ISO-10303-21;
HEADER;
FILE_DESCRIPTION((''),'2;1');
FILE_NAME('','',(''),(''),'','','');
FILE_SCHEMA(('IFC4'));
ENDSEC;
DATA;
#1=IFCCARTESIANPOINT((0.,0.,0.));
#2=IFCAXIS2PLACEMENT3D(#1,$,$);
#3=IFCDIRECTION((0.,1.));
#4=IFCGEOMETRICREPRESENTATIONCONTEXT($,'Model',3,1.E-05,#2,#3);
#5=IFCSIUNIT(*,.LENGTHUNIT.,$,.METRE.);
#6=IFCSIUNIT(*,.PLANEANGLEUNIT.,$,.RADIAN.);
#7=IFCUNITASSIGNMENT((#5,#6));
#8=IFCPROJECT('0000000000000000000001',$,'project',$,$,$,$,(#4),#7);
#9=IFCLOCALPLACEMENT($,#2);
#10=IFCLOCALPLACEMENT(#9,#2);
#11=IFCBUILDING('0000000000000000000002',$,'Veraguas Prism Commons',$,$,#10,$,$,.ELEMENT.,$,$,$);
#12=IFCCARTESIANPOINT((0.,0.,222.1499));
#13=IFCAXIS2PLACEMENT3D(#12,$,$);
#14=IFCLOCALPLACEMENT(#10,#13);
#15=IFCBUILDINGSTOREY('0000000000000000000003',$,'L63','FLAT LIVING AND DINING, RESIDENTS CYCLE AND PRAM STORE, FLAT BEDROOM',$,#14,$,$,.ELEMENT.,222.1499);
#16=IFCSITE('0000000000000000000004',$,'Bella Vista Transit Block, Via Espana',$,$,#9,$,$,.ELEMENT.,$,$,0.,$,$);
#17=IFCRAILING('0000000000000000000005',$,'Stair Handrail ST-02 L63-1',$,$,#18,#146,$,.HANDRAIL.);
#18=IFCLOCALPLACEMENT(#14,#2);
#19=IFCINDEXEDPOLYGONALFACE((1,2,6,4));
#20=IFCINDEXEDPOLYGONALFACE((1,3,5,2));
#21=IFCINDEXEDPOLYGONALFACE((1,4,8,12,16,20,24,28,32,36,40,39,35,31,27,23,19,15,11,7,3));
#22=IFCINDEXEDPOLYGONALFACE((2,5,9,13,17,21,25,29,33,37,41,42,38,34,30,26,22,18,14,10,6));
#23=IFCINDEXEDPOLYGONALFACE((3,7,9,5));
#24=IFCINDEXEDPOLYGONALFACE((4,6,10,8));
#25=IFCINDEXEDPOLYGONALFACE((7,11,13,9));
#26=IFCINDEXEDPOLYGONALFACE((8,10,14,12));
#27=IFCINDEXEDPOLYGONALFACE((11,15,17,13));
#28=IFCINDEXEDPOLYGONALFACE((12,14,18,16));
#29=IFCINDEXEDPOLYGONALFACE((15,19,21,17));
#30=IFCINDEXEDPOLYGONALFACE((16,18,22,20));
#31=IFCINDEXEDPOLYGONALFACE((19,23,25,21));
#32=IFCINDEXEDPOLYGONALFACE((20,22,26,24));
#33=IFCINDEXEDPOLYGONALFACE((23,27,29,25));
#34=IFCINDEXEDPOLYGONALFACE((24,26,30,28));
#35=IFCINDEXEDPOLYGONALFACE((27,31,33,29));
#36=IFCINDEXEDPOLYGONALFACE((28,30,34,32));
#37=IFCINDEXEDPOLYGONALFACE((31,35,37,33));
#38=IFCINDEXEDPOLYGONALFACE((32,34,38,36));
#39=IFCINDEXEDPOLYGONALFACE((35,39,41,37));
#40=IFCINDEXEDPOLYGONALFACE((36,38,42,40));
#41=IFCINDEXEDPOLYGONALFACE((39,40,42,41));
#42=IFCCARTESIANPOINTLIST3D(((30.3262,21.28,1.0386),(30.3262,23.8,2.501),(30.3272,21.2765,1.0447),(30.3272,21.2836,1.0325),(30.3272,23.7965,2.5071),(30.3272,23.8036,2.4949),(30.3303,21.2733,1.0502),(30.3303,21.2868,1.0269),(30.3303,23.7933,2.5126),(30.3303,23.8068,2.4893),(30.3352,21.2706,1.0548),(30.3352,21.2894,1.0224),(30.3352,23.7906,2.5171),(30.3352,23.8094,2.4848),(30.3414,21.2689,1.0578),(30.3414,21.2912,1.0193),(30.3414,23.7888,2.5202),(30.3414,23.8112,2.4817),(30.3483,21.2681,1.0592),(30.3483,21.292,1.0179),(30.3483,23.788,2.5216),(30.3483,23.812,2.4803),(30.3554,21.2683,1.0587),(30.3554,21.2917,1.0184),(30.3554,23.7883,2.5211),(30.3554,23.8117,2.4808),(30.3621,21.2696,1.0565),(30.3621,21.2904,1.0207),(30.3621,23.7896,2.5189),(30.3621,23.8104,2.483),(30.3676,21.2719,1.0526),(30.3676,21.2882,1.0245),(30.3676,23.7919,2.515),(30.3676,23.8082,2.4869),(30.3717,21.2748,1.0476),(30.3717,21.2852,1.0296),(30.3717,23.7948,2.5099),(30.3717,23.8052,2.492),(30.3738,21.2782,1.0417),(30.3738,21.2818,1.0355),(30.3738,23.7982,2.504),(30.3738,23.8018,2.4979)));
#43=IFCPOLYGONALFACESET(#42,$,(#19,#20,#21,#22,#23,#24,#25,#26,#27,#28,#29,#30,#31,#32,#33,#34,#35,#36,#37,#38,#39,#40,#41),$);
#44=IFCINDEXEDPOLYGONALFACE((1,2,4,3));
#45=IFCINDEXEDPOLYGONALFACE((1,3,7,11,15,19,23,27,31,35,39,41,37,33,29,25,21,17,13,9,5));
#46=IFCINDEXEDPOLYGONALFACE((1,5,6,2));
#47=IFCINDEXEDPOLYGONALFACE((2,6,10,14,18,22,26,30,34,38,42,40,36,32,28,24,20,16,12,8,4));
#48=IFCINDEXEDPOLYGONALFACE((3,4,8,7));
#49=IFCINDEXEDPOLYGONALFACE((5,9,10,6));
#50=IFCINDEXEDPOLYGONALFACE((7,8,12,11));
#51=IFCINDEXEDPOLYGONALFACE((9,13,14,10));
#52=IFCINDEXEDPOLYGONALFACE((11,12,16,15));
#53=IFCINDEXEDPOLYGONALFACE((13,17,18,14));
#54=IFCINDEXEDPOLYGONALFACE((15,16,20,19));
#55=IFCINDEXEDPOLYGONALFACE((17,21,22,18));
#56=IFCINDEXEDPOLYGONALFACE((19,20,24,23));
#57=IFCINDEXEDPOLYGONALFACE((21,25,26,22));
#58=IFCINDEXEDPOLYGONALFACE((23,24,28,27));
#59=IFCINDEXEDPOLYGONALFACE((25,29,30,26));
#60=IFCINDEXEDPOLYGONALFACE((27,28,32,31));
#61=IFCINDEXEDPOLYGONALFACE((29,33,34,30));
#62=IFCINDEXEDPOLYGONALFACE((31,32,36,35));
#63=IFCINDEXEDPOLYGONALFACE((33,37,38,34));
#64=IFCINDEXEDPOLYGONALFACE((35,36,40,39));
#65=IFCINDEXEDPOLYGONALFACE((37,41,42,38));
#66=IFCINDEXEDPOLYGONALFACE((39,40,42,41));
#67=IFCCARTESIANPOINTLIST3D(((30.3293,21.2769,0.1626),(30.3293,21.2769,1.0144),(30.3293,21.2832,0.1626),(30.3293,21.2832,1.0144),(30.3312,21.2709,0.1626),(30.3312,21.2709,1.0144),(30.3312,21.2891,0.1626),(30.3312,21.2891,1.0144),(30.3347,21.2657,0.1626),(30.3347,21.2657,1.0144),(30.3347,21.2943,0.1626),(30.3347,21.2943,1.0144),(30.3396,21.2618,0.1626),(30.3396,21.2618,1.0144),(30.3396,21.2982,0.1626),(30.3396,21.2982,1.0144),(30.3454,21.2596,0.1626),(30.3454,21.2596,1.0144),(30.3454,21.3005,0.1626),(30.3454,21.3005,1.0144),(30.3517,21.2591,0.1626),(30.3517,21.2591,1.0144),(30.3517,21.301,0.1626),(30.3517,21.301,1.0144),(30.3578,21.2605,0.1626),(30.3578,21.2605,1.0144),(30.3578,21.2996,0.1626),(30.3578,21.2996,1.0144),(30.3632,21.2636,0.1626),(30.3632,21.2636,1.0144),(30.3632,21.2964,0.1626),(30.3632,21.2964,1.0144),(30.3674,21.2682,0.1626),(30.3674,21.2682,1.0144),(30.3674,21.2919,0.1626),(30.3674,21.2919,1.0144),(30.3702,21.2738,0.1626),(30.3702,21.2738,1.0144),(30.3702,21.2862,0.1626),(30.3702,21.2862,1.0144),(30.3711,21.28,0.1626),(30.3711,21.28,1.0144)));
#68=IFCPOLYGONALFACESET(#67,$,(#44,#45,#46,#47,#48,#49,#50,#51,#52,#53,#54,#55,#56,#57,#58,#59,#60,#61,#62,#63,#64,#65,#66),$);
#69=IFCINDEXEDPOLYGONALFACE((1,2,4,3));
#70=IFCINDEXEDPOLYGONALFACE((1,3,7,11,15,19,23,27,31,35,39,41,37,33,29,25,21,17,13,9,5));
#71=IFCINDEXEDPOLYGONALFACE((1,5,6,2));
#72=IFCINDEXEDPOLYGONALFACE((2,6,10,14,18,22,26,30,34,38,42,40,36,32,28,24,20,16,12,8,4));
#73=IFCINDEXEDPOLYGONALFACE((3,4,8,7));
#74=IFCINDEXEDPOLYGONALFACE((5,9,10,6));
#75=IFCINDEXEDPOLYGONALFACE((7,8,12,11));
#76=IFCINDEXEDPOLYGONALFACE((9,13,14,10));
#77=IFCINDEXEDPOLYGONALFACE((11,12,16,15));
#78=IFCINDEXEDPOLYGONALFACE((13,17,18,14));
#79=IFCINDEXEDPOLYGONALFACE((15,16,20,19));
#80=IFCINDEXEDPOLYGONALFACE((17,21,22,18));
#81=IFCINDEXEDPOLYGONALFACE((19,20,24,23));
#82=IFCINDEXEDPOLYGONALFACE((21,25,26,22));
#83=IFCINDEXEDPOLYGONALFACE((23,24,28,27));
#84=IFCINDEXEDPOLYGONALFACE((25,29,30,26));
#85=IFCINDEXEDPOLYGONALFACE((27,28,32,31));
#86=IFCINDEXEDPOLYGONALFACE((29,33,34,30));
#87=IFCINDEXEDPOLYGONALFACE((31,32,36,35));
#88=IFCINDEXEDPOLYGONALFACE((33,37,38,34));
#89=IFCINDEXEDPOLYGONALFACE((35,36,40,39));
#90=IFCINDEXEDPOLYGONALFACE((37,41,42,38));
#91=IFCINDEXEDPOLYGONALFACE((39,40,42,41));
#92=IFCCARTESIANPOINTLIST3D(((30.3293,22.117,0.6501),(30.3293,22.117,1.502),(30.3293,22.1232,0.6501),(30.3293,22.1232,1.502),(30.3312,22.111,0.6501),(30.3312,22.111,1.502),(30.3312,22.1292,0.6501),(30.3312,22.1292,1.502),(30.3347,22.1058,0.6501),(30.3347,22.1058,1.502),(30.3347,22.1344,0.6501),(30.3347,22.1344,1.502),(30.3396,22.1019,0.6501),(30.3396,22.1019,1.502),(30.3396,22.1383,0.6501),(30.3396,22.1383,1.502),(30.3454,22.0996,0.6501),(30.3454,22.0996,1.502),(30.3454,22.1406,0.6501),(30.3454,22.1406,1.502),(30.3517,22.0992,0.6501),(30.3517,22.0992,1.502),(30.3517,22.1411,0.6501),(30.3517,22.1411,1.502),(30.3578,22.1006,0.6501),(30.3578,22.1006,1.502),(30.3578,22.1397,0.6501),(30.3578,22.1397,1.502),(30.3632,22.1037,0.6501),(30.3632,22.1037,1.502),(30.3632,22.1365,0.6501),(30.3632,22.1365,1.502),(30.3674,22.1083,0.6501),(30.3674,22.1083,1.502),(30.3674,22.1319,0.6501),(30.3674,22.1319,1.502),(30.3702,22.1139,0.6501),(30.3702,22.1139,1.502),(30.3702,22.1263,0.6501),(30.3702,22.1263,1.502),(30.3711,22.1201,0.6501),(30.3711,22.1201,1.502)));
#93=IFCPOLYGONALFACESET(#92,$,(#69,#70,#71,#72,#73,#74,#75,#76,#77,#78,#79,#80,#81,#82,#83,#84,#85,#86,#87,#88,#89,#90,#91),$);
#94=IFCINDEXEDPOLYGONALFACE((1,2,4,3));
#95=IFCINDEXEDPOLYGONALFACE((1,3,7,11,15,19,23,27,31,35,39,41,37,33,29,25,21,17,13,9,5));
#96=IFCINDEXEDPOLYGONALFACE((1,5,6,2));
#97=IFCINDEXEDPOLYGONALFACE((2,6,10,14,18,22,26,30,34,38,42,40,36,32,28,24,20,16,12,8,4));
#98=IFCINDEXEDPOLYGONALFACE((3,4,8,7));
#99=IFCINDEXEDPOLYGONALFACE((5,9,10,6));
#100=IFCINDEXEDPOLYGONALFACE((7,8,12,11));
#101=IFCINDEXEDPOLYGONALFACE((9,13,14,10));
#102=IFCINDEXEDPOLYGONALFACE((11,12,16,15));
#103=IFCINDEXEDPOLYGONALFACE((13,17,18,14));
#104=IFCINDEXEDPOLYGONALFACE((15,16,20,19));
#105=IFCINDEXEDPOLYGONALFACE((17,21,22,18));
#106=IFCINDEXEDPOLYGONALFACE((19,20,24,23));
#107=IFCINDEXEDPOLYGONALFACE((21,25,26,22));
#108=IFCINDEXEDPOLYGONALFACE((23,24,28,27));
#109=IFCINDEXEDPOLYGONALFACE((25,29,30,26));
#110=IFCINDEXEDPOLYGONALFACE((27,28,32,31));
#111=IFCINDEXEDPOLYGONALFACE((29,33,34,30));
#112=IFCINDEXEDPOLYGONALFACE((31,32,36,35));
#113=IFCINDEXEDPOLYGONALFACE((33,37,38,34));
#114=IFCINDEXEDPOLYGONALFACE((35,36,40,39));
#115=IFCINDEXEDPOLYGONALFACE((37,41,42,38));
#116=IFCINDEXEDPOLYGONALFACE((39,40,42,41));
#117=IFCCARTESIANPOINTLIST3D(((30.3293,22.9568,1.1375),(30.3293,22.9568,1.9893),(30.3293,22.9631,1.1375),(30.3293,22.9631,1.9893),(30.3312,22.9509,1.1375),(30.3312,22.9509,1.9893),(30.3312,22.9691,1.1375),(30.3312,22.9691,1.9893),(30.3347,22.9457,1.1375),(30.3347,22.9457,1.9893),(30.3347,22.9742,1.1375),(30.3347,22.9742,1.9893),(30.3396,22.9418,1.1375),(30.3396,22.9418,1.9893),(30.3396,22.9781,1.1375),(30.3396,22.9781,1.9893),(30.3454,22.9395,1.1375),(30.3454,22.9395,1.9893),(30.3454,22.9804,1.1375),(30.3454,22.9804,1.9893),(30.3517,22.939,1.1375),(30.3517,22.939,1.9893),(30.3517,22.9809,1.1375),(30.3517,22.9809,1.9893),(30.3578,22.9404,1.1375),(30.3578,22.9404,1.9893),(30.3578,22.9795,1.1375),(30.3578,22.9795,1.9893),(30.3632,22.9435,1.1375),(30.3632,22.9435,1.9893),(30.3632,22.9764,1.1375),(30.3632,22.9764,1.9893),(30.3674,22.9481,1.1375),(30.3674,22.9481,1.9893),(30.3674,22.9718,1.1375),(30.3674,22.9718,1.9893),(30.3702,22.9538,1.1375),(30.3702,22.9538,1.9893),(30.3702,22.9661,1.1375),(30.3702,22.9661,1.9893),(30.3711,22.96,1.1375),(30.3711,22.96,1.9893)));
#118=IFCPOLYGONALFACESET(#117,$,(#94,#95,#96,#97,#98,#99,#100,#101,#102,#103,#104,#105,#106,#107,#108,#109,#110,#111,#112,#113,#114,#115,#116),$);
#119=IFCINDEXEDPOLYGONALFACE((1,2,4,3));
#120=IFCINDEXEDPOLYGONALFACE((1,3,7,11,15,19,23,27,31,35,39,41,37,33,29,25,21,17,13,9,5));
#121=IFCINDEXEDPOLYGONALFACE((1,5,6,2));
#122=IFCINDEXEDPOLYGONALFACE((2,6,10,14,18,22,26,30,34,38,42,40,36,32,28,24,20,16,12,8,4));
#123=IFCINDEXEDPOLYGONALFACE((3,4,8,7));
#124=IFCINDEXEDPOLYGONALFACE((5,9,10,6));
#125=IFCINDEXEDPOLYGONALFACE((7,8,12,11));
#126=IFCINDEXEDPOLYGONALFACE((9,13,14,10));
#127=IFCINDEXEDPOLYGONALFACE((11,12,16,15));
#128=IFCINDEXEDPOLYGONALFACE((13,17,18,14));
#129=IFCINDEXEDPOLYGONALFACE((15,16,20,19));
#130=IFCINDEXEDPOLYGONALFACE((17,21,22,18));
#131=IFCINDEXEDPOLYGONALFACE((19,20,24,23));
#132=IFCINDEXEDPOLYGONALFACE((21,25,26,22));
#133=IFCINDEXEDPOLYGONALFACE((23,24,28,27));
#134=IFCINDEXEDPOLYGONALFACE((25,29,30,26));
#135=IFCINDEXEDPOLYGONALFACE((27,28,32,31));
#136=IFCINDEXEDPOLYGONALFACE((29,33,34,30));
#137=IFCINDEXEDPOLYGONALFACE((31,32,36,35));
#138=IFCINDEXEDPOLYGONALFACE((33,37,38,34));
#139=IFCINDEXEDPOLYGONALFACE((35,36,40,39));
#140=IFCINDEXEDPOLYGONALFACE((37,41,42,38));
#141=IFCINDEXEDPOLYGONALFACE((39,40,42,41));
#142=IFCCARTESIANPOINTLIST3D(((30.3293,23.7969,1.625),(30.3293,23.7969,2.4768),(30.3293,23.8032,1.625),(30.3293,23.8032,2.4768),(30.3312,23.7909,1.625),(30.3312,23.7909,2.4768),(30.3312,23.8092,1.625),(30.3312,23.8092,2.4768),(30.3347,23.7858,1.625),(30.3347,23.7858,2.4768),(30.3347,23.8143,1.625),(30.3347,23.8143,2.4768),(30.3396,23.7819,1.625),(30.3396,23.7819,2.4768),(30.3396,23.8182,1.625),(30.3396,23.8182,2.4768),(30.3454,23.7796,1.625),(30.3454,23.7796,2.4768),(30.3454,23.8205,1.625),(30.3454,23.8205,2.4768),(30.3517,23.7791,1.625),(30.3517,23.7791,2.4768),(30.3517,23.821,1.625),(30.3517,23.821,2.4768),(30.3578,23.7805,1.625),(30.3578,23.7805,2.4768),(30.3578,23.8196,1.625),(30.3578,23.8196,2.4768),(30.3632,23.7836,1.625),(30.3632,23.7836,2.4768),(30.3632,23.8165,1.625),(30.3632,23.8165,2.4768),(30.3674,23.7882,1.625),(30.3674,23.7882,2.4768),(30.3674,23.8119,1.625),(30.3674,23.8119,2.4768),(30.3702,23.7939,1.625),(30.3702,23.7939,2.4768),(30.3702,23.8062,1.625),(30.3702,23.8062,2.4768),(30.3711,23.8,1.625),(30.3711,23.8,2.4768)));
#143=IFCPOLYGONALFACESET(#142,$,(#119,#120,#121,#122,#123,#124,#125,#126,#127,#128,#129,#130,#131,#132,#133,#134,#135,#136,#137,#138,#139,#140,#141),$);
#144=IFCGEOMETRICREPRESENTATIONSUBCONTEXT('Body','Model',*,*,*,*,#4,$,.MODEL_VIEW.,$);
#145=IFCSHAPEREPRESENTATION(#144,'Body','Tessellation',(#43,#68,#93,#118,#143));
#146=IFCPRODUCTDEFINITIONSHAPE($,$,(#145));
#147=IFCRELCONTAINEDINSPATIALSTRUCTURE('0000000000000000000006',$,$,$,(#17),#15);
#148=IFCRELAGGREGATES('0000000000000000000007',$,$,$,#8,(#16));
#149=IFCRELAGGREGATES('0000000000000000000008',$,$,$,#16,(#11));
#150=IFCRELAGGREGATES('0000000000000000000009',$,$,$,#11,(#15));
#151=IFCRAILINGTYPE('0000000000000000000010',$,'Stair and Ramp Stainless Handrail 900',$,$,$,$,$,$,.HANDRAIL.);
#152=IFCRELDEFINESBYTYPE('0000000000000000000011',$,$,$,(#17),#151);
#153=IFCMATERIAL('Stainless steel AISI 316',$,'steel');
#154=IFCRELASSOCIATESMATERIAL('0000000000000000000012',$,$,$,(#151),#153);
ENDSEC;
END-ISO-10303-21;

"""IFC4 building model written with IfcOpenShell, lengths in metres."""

from ifc_helpers import new_model, si_unit, direction, frame, origin, origin_2d, place, context, subcontext, project, spatial, circle, extrude, material, type_object, element, save


model = new_model("IFC4")

# Units and contexts
model_context = context("Model", 3, precision=1e-05, world=origin(), true_north=direction((0.0, 1.0)))
body_context = subcontext(model_context, "Body", "Model", "MODEL_VIEW")
ifc_project = project(units=[si_unit("LENGTHUNIT", "METRE"), si_unit("PLANEANGLEUNIT", "RADIAN")], contexts=[model_context])

# Site, building, storey
site_placement = place(None, origin())
site = spatial("IfcSite", under=ifc_project, at=site_placement, Name="Bella Vista Transit Block, Via Espana", CompositionType="ELEMENT", RefElevation=0.0)
building_placement = place(site_placement, origin())
building = spatial("IfcBuilding", under=site, at=building_placement, Name="Veraguas Prism Commons", CompositionType="ELEMENT")
storey_placement = place(building_placement, frame((0.0, 0.0, 222.1499)))
storey = spatial("IfcBuildingStorey", under=building, at=storey_placement, Name="L63", Description="FLAT LIVING AND DINING, RESIDENTS CYCLE AND PRAM STORE, FLAT BEDROOM", CompositionType="ELEMENT", Elevation=222.1499)

# Railing
ifc_material_1 = material(Name="Stainless steel AISI 316", Category="steel")
railing_type_1 = type_object("IfcRailingType", Name="Stair and Ramp Stainless Handrail 900", PredefinedType="HANDRAIL", material=ifc_material_1)
railing_1_placement = place(storey_placement, frame((30.3501, 21.28, 0.1626)))
element("IfcRailing", 1, at=railing_1_placement, inside=storey, type_object=railing_type_1, Name="Stair Handrail ST-02 L63-1", PredefinedType="HANDRAIL", context=body_context, shape_type="SweptSolid", body=[
    extrude(circle(Radius=0.0239, at=origin_2d()), frame((0.0, 0.0, 0.876), z_axis=(0.0, 0.864913, 0.501921), x_axis=(-1.0, 0.0, 0.0)), (0.0, 0.0, 1.0), 2.9136),
    extrude(circle(Radius=0.021, at=origin_2d()), origin(), (0.0, 0.0, 1.0), 0.8518),
    extrude(circle(Radius=0.021, at=origin_2d()), frame((0.0, 0.8401, 0.4875)), (0.0, 0.0, 1.0), 0.8518),
    extrude(circle(Radius=0.021, at=origin_2d()), frame((0.0, 1.6799, 0.9749)), (0.0, 0.0, 1.0), 0.8518),
    extrude(circle(Radius=0.021, at=origin_2d()), frame((0.0, 2.52, 1.4624)), (0.0, 0.0, 1.0), 0.8518),
])

save(model, "model.ifc")
